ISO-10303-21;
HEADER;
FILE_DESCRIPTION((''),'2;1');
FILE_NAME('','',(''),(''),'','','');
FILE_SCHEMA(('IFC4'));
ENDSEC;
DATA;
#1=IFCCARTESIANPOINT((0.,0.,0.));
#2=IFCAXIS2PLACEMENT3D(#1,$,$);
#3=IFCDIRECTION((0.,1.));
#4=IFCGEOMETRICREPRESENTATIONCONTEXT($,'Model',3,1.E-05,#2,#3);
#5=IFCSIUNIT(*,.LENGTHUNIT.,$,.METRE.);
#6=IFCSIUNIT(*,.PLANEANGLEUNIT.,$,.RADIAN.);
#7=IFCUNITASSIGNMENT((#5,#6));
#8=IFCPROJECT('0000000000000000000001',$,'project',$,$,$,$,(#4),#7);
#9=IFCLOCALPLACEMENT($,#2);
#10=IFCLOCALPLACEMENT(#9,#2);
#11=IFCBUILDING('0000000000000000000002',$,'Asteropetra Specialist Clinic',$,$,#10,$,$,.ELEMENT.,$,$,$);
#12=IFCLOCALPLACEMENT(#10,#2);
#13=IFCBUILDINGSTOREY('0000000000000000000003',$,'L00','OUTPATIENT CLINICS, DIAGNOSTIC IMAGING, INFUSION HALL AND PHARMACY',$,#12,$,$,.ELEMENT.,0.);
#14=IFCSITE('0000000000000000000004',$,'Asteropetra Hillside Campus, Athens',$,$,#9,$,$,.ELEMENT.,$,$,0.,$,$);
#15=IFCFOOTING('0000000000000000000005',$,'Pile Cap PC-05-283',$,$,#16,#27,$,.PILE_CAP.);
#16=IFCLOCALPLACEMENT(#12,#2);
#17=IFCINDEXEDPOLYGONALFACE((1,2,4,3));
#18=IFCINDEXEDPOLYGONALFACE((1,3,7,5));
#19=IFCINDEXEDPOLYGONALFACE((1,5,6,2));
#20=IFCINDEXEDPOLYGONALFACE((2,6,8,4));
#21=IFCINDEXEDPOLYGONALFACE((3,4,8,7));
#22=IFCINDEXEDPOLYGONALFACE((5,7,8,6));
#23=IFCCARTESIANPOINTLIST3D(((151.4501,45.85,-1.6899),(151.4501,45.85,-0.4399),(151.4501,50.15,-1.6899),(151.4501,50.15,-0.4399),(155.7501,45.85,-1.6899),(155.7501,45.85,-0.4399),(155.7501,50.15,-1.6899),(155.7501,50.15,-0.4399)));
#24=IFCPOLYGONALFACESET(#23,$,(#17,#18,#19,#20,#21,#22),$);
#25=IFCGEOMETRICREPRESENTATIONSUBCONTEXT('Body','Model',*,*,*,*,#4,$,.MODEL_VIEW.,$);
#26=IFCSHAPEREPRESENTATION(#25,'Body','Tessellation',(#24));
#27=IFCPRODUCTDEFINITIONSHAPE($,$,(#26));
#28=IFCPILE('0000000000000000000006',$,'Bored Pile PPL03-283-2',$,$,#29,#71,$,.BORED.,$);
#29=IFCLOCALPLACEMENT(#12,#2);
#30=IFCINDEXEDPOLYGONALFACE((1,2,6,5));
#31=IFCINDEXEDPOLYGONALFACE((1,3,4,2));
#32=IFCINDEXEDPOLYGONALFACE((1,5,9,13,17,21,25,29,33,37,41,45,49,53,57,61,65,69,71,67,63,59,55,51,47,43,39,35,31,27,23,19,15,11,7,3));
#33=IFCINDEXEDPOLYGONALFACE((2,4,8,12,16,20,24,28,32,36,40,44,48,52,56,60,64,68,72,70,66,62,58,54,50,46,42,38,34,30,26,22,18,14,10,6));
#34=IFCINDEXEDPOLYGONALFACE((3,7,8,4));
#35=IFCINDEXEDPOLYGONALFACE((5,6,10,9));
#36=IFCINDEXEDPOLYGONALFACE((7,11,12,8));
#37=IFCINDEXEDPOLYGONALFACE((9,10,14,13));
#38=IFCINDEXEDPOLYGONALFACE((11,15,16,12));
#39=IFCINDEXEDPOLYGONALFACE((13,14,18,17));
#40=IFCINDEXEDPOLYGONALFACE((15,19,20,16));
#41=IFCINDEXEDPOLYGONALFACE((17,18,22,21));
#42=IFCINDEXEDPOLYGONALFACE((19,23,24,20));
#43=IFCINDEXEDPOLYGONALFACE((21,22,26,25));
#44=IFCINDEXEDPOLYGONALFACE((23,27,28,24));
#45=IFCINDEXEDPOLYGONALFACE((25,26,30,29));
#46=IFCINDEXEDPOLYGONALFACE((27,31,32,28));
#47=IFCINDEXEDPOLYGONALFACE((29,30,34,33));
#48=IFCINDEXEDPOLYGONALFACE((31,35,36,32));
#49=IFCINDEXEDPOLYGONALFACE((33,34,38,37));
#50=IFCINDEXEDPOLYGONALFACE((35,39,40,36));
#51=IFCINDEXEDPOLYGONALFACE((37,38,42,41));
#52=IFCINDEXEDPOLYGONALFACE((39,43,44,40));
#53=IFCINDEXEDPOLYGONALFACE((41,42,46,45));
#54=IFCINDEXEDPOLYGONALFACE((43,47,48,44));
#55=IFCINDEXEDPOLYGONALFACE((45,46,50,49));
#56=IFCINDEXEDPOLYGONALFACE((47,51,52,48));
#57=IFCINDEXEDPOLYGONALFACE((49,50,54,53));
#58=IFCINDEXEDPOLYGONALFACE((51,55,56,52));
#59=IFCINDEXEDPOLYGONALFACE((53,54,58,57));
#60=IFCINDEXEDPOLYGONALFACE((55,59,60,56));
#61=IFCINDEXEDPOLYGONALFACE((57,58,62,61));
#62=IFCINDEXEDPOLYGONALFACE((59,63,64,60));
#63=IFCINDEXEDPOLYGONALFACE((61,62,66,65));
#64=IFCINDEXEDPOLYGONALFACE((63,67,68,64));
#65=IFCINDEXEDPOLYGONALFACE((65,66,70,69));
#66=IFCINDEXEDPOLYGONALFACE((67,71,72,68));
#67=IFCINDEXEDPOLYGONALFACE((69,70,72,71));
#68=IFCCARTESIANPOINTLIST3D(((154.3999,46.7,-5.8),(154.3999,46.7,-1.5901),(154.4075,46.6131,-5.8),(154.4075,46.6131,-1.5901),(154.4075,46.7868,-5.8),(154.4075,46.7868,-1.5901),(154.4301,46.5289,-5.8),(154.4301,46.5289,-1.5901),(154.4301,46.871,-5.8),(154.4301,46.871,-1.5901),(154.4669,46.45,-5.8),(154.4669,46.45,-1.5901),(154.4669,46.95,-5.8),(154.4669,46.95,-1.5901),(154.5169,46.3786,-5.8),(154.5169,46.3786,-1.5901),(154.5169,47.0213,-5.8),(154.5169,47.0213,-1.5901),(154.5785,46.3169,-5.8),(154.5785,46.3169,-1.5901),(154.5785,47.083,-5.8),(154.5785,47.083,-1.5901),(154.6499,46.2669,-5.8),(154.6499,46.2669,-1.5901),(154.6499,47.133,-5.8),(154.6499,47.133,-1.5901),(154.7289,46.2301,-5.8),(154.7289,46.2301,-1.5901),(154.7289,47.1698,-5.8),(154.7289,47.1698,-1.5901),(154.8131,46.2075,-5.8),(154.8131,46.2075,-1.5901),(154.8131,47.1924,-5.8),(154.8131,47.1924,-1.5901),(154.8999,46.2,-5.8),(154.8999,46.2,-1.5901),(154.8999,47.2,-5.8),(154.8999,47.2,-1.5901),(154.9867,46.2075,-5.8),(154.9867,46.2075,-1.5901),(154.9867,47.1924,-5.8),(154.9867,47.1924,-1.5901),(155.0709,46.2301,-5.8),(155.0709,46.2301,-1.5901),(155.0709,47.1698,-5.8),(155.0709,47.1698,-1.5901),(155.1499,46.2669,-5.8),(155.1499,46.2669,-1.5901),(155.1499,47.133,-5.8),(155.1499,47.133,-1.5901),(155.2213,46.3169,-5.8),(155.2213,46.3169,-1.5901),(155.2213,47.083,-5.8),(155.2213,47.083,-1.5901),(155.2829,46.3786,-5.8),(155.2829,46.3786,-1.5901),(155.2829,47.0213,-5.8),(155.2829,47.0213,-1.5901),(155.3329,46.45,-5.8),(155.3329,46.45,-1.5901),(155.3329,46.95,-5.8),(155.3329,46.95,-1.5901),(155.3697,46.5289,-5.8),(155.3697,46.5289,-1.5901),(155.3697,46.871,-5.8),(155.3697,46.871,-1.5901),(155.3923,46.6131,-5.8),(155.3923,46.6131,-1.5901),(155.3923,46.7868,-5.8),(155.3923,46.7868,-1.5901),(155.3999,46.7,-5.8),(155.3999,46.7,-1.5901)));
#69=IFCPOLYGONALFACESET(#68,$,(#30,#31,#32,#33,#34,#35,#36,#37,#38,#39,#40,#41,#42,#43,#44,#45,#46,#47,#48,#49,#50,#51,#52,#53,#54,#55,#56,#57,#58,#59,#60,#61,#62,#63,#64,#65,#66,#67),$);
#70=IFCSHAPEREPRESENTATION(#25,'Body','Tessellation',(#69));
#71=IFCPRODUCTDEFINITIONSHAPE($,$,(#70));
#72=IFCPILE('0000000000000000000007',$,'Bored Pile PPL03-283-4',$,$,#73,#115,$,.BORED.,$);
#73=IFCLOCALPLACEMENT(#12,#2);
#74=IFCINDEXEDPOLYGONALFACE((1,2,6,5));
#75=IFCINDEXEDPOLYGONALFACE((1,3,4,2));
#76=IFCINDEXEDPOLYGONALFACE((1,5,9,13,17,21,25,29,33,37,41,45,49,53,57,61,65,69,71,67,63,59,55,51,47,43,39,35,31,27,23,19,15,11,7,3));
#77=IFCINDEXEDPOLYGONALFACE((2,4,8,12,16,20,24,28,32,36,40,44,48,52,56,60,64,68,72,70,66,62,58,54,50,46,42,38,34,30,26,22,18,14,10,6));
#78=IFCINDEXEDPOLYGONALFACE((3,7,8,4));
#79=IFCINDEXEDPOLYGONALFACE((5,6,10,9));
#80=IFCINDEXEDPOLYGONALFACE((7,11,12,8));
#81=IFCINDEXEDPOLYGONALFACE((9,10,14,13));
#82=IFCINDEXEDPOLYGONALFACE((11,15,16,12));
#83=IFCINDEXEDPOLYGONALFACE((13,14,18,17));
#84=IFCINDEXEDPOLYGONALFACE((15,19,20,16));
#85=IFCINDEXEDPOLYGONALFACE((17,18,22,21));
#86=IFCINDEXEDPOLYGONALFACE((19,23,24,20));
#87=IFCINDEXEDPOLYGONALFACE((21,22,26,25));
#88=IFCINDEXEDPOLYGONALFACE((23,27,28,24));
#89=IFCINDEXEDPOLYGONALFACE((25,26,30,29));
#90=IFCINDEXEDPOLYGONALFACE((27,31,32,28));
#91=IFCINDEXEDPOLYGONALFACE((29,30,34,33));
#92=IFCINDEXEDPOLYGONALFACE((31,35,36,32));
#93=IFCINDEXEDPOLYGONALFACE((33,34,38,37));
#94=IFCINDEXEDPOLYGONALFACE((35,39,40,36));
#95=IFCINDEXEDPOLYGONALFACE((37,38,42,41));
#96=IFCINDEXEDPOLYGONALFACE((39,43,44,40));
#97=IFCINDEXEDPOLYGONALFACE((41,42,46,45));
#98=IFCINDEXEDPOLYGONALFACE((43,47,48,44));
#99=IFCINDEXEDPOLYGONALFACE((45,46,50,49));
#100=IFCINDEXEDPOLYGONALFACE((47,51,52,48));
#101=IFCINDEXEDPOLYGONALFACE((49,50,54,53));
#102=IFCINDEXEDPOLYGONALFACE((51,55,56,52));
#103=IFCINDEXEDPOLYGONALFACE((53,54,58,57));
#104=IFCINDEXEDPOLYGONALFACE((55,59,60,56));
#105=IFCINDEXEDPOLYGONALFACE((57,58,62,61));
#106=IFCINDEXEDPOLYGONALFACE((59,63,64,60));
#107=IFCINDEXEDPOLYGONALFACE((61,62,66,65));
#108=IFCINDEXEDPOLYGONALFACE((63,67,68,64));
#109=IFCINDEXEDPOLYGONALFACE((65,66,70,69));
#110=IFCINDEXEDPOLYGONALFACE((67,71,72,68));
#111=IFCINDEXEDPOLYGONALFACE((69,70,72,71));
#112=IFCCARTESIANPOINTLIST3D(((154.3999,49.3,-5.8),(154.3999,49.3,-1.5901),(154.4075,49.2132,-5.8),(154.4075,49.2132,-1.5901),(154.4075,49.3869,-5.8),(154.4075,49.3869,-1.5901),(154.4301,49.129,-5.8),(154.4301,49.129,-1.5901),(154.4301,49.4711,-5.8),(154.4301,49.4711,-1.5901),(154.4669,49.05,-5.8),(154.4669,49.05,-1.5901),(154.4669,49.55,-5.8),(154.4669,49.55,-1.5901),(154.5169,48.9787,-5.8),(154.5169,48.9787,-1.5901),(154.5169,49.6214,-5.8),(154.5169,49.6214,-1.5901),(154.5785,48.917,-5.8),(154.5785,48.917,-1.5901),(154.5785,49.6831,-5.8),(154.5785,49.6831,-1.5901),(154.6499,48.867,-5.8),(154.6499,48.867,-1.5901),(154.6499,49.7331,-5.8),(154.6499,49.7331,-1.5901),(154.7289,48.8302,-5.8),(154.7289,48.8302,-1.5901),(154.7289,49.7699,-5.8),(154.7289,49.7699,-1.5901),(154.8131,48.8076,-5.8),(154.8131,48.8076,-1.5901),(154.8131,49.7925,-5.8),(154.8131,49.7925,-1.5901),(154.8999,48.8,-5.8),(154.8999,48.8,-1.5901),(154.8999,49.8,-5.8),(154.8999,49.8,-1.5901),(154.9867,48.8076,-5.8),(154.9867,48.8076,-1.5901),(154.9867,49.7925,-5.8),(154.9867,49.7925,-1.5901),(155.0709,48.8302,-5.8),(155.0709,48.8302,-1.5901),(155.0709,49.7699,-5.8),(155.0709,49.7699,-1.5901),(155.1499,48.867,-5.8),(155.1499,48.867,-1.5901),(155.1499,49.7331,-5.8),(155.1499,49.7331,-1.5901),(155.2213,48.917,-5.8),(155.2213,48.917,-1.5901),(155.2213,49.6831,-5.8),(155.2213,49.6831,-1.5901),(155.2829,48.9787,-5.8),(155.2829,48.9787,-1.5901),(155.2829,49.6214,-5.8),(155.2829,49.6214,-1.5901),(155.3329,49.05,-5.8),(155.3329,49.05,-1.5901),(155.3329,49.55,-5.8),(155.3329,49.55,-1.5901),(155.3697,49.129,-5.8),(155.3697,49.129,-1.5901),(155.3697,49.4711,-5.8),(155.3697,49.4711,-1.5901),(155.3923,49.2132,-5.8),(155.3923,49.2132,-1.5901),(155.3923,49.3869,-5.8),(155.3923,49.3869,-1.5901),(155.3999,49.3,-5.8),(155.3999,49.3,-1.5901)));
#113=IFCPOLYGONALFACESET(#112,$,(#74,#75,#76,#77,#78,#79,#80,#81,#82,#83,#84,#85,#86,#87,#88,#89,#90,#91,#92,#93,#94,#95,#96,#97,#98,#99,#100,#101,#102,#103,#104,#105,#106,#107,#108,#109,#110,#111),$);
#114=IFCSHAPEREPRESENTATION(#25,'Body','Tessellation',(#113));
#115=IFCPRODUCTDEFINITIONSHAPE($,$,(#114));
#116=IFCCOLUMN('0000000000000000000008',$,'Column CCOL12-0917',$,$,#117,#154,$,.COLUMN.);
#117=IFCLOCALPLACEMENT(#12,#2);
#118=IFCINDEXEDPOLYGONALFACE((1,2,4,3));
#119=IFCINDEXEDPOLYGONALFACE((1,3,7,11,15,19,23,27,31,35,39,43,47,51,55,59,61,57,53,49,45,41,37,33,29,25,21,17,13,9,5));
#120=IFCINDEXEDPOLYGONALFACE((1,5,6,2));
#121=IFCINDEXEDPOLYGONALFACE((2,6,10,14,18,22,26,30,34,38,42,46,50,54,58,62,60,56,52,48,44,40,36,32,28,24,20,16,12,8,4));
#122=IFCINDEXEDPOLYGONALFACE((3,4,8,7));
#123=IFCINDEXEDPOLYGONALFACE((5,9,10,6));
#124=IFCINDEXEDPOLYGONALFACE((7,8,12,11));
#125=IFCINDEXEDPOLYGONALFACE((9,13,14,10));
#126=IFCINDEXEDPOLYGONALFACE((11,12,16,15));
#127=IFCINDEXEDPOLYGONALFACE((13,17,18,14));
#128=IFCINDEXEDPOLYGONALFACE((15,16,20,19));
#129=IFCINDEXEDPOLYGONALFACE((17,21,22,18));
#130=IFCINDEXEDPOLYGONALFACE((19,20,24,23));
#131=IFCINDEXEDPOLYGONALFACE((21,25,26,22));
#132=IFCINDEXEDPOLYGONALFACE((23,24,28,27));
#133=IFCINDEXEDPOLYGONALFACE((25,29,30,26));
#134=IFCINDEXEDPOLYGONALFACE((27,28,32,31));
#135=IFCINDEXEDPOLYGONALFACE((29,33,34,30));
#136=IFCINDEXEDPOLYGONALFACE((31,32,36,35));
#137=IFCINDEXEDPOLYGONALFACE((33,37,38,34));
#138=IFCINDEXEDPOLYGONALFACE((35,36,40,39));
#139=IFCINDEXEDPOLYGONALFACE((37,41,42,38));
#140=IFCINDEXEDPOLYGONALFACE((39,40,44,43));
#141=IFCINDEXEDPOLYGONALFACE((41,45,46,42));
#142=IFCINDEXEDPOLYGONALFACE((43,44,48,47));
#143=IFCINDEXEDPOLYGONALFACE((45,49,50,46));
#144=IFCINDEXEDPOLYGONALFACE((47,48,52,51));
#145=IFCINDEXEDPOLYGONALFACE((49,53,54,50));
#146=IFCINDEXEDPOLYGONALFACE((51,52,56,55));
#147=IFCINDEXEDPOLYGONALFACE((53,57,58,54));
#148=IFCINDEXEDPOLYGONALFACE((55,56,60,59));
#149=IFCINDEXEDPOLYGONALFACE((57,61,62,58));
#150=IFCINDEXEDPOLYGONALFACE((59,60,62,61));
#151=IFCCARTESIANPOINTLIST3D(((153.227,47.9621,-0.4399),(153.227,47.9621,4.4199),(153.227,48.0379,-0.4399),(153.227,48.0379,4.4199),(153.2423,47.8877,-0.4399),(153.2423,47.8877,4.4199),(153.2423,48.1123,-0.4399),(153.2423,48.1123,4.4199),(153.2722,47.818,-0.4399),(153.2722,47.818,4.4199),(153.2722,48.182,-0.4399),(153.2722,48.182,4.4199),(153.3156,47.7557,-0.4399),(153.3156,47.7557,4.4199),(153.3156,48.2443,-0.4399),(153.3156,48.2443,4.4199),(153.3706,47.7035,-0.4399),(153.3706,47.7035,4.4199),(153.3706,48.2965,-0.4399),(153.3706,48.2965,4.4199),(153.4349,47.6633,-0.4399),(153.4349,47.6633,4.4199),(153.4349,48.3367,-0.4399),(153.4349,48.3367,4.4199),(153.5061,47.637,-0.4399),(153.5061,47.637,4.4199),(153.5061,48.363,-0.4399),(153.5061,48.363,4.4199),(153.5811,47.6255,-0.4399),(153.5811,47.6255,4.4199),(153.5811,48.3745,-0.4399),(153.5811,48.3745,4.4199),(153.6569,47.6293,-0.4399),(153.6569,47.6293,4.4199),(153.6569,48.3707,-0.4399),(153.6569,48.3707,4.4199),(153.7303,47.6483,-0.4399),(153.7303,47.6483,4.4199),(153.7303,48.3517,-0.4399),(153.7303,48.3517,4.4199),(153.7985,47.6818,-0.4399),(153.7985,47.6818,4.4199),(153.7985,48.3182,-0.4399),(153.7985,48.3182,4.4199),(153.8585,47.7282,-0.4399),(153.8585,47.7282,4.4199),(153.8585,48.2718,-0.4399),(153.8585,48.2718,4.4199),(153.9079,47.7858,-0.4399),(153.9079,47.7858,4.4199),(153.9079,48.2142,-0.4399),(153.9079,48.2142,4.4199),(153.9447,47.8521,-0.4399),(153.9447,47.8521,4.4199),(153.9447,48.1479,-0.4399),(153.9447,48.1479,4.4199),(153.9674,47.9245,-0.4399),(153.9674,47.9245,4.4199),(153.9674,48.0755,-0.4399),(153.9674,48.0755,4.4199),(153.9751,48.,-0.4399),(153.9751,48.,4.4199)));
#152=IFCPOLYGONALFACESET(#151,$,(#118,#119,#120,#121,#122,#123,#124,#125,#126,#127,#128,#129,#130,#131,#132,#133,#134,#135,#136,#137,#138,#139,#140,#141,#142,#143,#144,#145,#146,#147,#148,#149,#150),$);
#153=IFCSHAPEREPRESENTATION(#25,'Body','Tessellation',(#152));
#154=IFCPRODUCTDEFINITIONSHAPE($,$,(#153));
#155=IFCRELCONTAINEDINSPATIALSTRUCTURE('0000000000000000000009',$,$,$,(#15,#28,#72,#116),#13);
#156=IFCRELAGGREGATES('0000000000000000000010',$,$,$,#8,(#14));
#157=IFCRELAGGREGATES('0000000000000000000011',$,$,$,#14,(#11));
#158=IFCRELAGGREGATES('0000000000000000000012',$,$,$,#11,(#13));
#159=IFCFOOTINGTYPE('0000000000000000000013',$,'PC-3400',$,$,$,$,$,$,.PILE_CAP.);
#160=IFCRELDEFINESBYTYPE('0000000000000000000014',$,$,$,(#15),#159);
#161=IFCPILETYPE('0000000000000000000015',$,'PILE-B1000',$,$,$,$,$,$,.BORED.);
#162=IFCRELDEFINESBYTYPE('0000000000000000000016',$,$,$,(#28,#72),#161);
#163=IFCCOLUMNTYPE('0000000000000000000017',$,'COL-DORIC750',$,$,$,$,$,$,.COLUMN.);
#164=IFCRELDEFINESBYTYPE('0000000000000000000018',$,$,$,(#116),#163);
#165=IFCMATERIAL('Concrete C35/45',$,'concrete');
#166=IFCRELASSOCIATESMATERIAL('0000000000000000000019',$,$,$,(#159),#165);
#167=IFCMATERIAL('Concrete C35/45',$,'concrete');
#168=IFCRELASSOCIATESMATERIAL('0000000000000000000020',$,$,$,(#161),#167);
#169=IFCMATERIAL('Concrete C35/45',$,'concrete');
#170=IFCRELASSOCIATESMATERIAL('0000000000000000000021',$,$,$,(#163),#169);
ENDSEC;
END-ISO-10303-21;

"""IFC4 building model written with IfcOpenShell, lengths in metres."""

from ifc_helpers import new_model, si_unit, direction, frame, origin, origin_2d, place, context, subcontext, project, spatial, rectangle, circle, extrude, material, material_profile, profile_set, type_object, element, save


model = new_model("IFC4")

# Units and contexts
model_context = context("Model", 3, precision=1e-05, world=origin(), true_north=direction((0.0, 1.0)))
body_context = subcontext(model_context, "Body", "Model", "MODEL_VIEW")
ifc_project = project(units=[si_unit("LENGTHUNIT", "METRE"), si_unit("PLANEANGLEUNIT", "RADIAN")], contexts=[model_context])

# Site, building, storey
site_placement = place(None, origin())
site = spatial("IfcSite", under=ifc_project, at=site_placement, Name="Asteropetra Hillside Campus, Athens", CompositionType="ELEMENT", RefElevation=0.0)
building_placement = place(site_placement, origin())
building = spatial("IfcBuilding", under=site, at=building_placement, Name="Asteropetra Specialist Clinic", CompositionType="ELEMENT")
storey_placement = place(building_placement, origin())
storey = spatial("IfcBuildingStorey", under=building, at=storey_placement, Name="L00", Description="OUTPATIENT CLINICS, DIAGNOSTIC IMAGING, INFUSION HALL AND PHARMACY", CompositionType="ELEMENT", Elevation=0.0)

# Footing
ifc_material_1 = material(Name="Concrete C35/45", Category="concrete")
footing_type = type_object("IfcFootingType", Name="PC-3400", PredefinedType="PILE_CAP", material=ifc_material_1)
footing_placement = place(storey_placement, frame((153.6001, 48.0, -1.6899), z_axis=(0.0, 0.0, 1.0), x_axis=(1.0, 0.0, 0.0)))
element("IfcFooting", 1, at=footing_placement, inside=storey, type_object=footing_type, Name="Pile Cap PC-05-283", PredefinedType="PILE_CAP", context=body_context, shape_type="SweptSolid", body=[
    extrude(rectangle(XDim=4.3, YDim=4.3, at=origin_2d()), origin(), (0.0, 0.0, 1.0), 1.25),
])

# Piles
ifc_material_2 = material(Name="Concrete C35/45", Category="concrete")
ifc_material_profile_1 = material_profile(ifc_material_2, circle(Radius=0.5, at=origin_2d()), Name="PILE D1000")
ifc_profile_set_1 = profile_set([ifc_material_profile_1], Name="Concrete C35/45")
pile_type = type_object("IfcPileType", Name="PILE-B1000", PredefinedType="BORED", material=ifc_profile_set_1)
for number, where, z_axis, x_axis, name in (
    (2, (154.8999, 46.7, -1.5901), (0.0, 0.0, -1.0), (1.0, 0.0, 0.0), "Bored Pile PPL03-283-2"),
    (3, (154.8999, 49.3, -1.5901), (0.0, 0.0, -1.0), (1.0, 0.0, 0.0), "Bored Pile PPL03-283-4"),
):
    element("IfcPile", number, at=place(storey_placement, frame(where, z_axis=z_axis, x_axis=x_axis)), inside=storey, type_object=pile_type, Name=name, PredefinedType="BORED", context=body_context, shape_type="SweptSolid", body=[
        extrude(circle(Radius=0.5, at=origin_2d()), origin(), (0.0, 0.0, 1.0), 4.21),
    ])

# Column
ifc_material_3 = material(Name="Concrete C35/45", Category="concrete")
ifc_material_profile_2 = material_profile(ifc_material_3, circle(Radius=0.375, at=origin_2d()), Name="RCC D750")
ifc_profile_set_2 = profile_set([ifc_material_profile_2], Name="Concrete C35/45")
column_type = type_object("IfcColumnType", Name="COL-DORIC750", PredefinedType="COLUMN", material=ifc_profile_set_2)
column_placement = place(storey_placement, frame((153.6001, 48.0, -0.4399), z_axis=(0.0, 0.0, 1.0), x_axis=(1.0, 0.0, 0.0)))
element("IfcColumn", 4, at=column_placement, inside=storey, type_object=column_type, Name="Column CCOL12-0917", PredefinedType="COLUMN", context=body_context, shape_type="SweptSolid", body=[
    extrude(circle(Radius=0.375, at=origin_2d()), origin(), (0.0, 0.0, 1.0), 4.8599),
])

save(model, "model.ifc")
